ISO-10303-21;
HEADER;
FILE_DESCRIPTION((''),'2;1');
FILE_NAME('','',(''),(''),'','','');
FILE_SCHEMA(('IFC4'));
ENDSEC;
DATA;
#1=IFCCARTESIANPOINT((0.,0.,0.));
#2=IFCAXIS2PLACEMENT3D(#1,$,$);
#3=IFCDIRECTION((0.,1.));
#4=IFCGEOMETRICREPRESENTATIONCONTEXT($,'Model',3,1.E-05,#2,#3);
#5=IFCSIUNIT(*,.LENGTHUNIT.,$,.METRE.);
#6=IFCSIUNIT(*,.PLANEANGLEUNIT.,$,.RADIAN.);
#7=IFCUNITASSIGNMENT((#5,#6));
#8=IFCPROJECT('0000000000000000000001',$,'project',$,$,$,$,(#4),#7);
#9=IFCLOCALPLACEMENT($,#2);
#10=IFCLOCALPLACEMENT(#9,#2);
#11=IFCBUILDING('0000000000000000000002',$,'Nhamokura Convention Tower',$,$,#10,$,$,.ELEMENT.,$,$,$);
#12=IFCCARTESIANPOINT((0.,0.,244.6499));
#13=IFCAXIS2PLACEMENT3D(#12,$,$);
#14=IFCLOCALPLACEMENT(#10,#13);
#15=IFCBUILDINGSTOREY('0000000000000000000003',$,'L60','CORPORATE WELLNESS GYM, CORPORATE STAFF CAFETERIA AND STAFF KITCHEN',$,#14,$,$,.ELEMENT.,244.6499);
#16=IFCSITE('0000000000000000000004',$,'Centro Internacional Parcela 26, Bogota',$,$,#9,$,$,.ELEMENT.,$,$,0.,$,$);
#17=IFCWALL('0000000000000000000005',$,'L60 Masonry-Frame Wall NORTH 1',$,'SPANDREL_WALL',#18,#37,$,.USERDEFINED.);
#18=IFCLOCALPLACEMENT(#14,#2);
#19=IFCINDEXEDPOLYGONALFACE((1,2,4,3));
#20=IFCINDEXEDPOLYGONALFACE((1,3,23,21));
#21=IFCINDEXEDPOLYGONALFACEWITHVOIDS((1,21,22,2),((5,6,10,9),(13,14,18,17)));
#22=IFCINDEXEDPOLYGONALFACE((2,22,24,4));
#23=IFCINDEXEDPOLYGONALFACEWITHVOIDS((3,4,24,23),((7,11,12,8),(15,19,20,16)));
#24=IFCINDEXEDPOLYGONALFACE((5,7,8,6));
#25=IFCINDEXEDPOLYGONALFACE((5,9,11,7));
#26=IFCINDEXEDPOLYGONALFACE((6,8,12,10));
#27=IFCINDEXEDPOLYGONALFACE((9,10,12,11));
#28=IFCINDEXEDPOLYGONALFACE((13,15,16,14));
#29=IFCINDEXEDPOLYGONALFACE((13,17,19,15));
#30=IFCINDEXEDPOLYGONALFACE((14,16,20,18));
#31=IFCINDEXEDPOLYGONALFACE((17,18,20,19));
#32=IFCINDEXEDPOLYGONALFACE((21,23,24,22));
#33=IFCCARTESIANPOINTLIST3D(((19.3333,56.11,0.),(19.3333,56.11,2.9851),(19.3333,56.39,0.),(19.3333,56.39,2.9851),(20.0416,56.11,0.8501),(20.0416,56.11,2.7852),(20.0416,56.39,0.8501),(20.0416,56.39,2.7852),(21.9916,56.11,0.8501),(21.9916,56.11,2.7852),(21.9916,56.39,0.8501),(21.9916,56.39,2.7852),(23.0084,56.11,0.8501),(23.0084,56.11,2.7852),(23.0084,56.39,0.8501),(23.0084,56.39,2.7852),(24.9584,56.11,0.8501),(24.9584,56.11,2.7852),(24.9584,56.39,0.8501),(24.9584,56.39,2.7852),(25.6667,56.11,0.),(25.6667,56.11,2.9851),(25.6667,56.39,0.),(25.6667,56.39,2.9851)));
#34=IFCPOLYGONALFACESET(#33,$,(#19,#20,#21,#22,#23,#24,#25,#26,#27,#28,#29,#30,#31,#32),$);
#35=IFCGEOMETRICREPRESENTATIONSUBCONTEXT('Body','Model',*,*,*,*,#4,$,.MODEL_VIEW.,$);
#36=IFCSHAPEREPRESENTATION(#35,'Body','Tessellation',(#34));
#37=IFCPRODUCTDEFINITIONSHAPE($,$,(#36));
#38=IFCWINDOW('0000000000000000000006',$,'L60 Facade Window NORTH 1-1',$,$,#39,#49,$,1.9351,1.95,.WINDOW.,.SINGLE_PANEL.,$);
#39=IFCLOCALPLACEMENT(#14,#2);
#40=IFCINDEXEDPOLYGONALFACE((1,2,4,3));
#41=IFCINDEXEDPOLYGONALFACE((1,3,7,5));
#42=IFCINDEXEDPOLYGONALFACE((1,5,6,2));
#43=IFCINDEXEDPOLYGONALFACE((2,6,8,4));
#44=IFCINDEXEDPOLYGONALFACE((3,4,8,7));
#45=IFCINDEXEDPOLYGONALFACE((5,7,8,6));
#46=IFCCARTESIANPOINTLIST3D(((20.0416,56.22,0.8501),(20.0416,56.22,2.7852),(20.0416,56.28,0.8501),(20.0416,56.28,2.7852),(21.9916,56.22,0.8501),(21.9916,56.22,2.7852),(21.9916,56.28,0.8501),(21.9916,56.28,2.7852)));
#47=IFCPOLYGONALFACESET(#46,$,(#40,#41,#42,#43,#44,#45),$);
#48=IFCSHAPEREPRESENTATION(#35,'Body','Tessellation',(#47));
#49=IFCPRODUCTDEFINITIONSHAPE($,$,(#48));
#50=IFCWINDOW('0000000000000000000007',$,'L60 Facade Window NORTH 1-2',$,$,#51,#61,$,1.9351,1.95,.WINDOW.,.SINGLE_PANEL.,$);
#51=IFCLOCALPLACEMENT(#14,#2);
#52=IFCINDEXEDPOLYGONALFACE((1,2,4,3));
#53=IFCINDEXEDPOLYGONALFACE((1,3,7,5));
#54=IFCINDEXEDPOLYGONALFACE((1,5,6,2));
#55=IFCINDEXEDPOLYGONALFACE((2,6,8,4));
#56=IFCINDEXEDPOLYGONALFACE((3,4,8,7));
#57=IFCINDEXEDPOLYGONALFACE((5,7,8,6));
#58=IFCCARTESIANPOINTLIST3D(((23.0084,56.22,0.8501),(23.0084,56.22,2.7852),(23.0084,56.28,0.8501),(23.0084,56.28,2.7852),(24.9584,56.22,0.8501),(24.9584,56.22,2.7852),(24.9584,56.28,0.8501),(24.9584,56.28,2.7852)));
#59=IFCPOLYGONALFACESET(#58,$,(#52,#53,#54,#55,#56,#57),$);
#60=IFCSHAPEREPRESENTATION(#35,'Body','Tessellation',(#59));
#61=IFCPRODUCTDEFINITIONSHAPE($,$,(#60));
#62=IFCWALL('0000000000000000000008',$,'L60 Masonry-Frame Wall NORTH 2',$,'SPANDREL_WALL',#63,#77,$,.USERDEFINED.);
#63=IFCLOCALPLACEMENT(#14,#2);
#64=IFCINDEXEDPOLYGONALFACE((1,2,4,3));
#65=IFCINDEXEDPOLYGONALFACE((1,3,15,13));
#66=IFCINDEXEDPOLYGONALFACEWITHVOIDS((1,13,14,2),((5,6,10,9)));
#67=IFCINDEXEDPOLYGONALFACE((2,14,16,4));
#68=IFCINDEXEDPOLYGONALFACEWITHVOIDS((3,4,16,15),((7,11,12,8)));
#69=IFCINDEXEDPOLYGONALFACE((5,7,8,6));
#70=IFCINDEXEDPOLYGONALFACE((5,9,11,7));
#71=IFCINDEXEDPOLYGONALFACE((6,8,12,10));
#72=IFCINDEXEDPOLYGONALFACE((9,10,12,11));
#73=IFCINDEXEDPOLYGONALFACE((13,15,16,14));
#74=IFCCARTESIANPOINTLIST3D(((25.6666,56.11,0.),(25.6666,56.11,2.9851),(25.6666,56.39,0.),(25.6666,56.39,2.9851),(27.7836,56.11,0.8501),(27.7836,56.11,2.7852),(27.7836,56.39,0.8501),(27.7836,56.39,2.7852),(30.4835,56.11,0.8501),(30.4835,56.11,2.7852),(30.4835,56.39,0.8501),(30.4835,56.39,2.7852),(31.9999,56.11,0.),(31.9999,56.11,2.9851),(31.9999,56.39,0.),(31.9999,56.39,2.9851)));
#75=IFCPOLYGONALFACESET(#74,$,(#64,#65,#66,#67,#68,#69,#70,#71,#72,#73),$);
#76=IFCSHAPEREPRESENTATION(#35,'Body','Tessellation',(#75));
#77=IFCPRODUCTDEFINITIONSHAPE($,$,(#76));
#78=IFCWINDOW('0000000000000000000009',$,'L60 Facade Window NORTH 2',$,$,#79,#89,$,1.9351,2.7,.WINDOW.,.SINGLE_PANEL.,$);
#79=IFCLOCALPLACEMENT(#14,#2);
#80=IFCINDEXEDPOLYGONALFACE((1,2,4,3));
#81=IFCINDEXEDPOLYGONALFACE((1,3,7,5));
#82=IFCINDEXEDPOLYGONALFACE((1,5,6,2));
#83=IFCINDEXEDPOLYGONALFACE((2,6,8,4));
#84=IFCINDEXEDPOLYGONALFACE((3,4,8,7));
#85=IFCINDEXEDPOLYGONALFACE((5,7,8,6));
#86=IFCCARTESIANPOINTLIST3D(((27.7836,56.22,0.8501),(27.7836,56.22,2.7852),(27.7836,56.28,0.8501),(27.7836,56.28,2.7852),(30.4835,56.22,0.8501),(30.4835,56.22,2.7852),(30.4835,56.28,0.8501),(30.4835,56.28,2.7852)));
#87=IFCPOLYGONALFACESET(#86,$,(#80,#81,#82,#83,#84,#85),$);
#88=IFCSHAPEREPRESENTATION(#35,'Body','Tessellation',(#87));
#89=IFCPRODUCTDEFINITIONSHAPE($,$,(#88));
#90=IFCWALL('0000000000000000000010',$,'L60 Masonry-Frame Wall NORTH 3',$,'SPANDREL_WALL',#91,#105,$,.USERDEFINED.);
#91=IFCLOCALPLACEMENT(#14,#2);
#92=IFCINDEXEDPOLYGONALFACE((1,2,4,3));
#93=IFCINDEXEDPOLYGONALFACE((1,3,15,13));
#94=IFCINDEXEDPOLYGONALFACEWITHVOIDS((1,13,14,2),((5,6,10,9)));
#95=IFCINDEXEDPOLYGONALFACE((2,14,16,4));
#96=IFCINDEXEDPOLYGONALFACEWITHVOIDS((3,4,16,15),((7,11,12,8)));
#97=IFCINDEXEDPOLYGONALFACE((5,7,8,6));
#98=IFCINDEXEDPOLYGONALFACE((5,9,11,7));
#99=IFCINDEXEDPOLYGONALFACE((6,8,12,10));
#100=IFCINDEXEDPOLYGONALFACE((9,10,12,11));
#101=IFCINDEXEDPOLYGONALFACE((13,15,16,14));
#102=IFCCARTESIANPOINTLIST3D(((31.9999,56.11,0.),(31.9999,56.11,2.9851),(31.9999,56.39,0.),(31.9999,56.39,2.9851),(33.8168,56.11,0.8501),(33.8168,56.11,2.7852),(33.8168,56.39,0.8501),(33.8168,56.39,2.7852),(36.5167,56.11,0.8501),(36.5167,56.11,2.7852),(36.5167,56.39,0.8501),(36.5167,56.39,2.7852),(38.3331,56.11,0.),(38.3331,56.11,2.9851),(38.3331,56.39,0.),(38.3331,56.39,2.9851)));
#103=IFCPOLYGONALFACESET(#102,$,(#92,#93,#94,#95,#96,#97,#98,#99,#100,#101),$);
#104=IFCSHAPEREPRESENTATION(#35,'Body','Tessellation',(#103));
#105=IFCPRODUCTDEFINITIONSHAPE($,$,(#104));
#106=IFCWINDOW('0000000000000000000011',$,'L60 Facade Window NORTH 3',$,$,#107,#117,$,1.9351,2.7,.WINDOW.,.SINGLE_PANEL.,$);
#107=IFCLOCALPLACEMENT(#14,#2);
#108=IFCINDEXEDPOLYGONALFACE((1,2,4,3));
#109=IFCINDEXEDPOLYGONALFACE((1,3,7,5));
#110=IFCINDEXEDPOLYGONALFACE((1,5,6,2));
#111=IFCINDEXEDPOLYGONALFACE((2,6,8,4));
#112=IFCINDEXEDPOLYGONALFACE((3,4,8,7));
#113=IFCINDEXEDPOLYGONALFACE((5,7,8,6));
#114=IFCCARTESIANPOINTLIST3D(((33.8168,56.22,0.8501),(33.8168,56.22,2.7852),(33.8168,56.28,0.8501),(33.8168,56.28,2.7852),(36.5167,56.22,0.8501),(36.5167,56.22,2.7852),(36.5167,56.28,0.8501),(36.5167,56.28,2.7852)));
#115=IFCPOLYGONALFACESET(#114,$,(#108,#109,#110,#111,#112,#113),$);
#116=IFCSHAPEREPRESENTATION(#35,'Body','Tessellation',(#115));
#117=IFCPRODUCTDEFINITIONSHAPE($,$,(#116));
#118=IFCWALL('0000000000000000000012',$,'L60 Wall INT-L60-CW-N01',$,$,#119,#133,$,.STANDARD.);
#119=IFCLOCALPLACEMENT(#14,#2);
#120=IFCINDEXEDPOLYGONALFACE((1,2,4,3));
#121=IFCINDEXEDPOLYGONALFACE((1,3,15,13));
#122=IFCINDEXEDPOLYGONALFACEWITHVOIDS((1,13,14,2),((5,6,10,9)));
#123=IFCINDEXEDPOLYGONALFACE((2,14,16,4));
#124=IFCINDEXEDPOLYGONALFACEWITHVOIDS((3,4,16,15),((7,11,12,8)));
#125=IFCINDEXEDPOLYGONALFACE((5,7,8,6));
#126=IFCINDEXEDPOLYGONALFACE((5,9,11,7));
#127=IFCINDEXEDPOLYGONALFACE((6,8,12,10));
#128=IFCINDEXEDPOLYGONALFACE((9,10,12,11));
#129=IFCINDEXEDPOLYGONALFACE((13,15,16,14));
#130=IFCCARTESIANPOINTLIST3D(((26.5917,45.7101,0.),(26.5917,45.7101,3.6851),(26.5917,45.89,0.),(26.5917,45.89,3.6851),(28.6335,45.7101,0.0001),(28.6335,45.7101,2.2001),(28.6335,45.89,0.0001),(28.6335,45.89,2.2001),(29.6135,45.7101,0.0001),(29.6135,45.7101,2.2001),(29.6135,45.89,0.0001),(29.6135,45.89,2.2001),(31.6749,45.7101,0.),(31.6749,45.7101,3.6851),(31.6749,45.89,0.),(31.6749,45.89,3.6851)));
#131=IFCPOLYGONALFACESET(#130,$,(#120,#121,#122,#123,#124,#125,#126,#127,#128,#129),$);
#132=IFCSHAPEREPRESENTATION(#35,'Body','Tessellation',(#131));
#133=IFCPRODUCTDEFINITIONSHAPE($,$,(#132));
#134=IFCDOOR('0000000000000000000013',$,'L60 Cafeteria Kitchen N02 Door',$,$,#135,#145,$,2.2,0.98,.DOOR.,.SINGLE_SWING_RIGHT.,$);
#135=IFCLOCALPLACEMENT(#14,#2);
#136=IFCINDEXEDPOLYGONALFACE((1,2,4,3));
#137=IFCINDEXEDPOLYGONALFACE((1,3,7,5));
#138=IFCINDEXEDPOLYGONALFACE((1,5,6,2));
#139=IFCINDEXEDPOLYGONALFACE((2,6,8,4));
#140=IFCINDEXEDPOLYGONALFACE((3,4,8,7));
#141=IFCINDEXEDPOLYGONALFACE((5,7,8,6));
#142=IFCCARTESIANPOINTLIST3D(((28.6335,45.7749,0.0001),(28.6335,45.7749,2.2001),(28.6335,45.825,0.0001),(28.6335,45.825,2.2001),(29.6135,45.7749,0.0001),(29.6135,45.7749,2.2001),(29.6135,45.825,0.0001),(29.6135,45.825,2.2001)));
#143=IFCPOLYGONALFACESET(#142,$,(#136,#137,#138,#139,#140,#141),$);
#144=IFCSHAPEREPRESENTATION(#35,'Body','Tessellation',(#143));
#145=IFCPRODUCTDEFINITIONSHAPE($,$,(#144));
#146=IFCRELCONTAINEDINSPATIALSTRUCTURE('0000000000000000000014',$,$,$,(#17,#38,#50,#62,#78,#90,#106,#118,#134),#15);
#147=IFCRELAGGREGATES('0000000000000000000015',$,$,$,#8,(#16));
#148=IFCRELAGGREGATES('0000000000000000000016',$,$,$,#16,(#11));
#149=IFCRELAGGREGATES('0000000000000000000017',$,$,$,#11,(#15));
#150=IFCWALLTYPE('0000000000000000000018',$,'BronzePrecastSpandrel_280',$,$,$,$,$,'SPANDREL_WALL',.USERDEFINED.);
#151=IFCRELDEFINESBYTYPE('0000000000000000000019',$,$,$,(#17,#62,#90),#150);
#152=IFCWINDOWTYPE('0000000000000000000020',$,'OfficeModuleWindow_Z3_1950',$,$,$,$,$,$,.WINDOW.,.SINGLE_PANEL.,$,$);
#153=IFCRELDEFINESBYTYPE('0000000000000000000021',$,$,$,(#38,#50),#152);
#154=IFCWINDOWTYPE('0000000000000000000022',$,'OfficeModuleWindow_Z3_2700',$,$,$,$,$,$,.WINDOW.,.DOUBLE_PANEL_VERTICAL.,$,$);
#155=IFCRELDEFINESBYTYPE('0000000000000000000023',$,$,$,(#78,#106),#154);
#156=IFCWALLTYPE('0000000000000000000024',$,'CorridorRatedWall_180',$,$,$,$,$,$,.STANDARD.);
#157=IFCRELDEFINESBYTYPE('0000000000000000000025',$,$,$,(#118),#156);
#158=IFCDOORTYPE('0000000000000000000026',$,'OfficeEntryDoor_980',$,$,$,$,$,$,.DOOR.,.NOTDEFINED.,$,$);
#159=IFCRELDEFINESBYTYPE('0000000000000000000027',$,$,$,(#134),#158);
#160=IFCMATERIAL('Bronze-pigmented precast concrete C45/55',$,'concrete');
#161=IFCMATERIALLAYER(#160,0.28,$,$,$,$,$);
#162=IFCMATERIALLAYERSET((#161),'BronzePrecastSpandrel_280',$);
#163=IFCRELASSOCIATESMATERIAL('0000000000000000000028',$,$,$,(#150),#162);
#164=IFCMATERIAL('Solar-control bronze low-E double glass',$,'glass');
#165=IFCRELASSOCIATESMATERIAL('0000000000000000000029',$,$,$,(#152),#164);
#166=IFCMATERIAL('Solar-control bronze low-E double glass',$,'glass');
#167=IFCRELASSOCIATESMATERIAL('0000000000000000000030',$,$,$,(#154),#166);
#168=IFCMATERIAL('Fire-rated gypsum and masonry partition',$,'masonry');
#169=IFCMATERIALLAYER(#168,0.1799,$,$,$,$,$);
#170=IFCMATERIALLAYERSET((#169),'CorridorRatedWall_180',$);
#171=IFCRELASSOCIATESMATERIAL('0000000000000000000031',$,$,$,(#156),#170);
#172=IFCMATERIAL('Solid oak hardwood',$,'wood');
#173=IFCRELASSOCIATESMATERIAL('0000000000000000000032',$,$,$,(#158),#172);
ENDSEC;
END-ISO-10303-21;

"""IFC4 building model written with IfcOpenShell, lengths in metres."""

from ifc_helpers import new_model, si_unit, direction, frame, frame_2d, origin, place, context, subcontext, project, spatial, rectangle, extrude, material, layer, layer_set, type_object, element, fill, save


model = new_model("IFC4")

# Units and contexts
model_context = context("Model", 3, precision=1e-05, world=origin(), true_north=direction((0.0, 1.0)))
body_context = subcontext(model_context, "Body", "Model", "MODEL_VIEW")
ifc_project = project(units=[si_unit("LENGTHUNIT", "METRE"), si_unit("PLANEANGLEUNIT", "RADIAN")], contexts=[model_context])

# Site, building, storey
site_placement = place(None, origin())
site = spatial("IfcSite", under=ifc_project, at=site_placement, Name="Centro Internacional Parcela 26, Bogota", CompositionType="ELEMENT", RefElevation=0.0)
building_placement = place(site_placement, origin())
building = spatial("IfcBuilding", under=site, at=building_placement, Name="Nhamokura Convention Tower", CompositionType="ELEMENT")
storey_placement = place(building_placement, frame((0.0, 0.0, 244.6499)))
storey = spatial("IfcBuildingStorey", under=building, at=storey_placement, Name="L60", Description="CORPORATE WELLNESS GYM, CORPORATE STAFF CAFETERIA AND STAFF KITCHEN", CompositionType="ELEMENT", Elevation=244.6499)

# Wall, openings, windows
ifc_material_1 = material(Name="Bronze-pigmented precast concrete C45/55", Category="concrete")
ifc_layer_1 = layer(ifc_material_1, 0.28)
ifc_layer_set_1 = layer_set([ifc_layer_1], Name="BronzePrecastSpandrel_280")
wall_type_1 = type_object("IfcWallType", Name="BronzePrecastSpandrel_280", ElementType="SPANDREL_WALL", PredefinedType="USERDEFINED", material=ifc_layer_set_1)
wall_1_placement = place(storey_placement, frame((19.3333, 56.25, 0.0), z_axis=(0.0, 0.0, 1.0), x_axis=(1.0, 0.0, 0.0)))
wall_1 = element("IfcWall", 1, at=wall_1_placement, inside=storey, type_object=wall_type_1, Name="L60 Masonry-Frame Wall NORTH 1", ObjectType="SPANDREL_WALL", PredefinedType="USERDEFINED", context=body_context, shape_type="SweptSolid", body=[
    extrude(rectangle(XDim=6.3335, YDim=0.28, at=frame_2d((3.1667, 0.0))), origin(), (0.0, 0.0, 1.0), 2.9851),
])
opening_1_placement = place(wall_1_placement, frame((0.7083, 0.0, 0.8501)))
opening_1 = element("IfcOpeningElement", 2, at=opening_1_placement, cuts=wall_1, PredefinedType="OPENING", context=body_context, shape_type="SweptSolid", body=[
    extrude(rectangle(XDim=1.95, YDim=1.9351, at=frame_2d((0.9751, 0.9675))), frame((0.0, 0.1499, 0.0), z_axis=(0.0, -1.0, 0.0), x_axis=(1.0, 0.0, 0.0)), (0.0, 0.0, 1.0), 0.3),
])
opening_2_placement = place(wall_1_placement, frame((3.675, 0.0, 0.8501)))
opening_2 = element("IfcOpeningElement", 3, at=opening_2_placement, cuts=wall_1, PredefinedType="OPENING", context=body_context, shape_type="SweptSolid", body=[
    extrude(rectangle(XDim=1.95, YDim=1.9351, at=frame_2d((0.9751, 0.9675))), frame((0.0, 0.1499, 0.0), z_axis=(0.0, -1.0, 0.0), x_axis=(1.0, 0.0, 0.0)), (0.0, 0.0, 1.0), 0.3),
])
ifc_material_2 = material(Name="Solar-control bronze low-E double glass", Category="glass")
window_type_1 = type_object("IfcWindowType", Name="OfficeModuleWindow_Z3_1950", PartitioningType="SINGLE_PANEL", PredefinedType="WINDOW", material=ifc_material_2)
window_1_placement = place(opening_1_placement, origin())
window_1 = element("IfcWindow", 4, at=window_1_placement, inside=storey, type_object=window_type_1, Name="L60 Facade Window NORTH 1-1", OverallHeight=1.9351, OverallWidth=1.95, PartitioningType="SINGLE_PANEL", PredefinedType="WINDOW", context=body_context, shape_type="SweptSolid", body=[
    extrude(rectangle(XDim=1.95, YDim=1.9351, at=frame_2d((0.9751, 0.9675))), frame((0.0, 0.03, 0.0), z_axis=(0.0, -1.0, 0.0), x_axis=(1.0, 0.0, 0.0)), (0.0, 0.0, 1.0), 0.0601),
])
fill(opening_1, window_1)
window_2_placement = place(opening_2_placement, origin())
window_2 = element("IfcWindow", 5, at=window_2_placement, inside=storey, type_object=window_type_1, Name="L60 Facade Window NORTH 1-2", OverallHeight=1.9351, OverallWidth=1.95, PartitioningType="SINGLE_PANEL", PredefinedType="WINDOW", context=body_context, shape_type="SweptSolid", body=[
    extrude(rectangle(XDim=1.95, YDim=1.9351, at=frame_2d((0.9751, 0.9675))), frame((0.0, 0.03, 0.0), z_axis=(0.0, -1.0, 0.0), x_axis=(1.0, 0.0, 0.0)), (0.0, 0.0, 1.0), 0.0601),
])
fill(opening_2, window_2)

# Walls, openings, windows
wall_2_placement = place(storey_placement, frame((25.6667, 56.25, 0.0), z_axis=(0.0, 0.0, 1.0), x_axis=(1.0, 0.0, 0.0)))
wall_2 = element("IfcWall", 6, at=wall_2_placement, inside=storey, type_object=wall_type_1, Name="L60 Masonry-Frame Wall NORTH 2", ObjectType="SPANDREL_WALL", PredefinedType="USERDEFINED", context=body_context, shape_type="SweptSolid", body=[
    extrude(rectangle(XDim=6.3333, YDim=0.28, at=frame_2d((3.1665, 0.0))), origin(), (0.0, 0.0, 1.0), 2.9851),
])
opening_3_placement = place(wall_2_placement, frame((2.1167, 0.0, 0.8501)))
opening_3 = element("IfcOpeningElement", 7, at=opening_3_placement, cuts=wall_2, PredefinedType="OPENING", context=body_context, shape_type="SweptSolid", body=[
    extrude(rectangle(XDim=2.7, YDim=1.9351, at=frame_2d((1.3501, 0.9675))), frame((0.0, 0.1499, 0.0), z_axis=(0.0, -1.0, 0.0), x_axis=(1.0, 0.0, 0.0)), (0.0, 0.0, 1.0), 0.3),
])
ifc_material_3 = material(Name="Solar-control bronze low-E double glass", Category="glass")
window_type_2 = type_object("IfcWindowType", Name="OfficeModuleWindow_Z3_2700", PartitioningType="DOUBLE_PANEL_VERTICAL", PredefinedType="WINDOW", material=ifc_material_3)
window_3_placement = place(opening_3_placement, origin())
window_3 = element("IfcWindow", 8, at=window_3_placement, inside=storey, type_object=window_type_2, Name="L60 Facade Window NORTH 2", OverallHeight=1.9351, OverallWidth=2.7, PartitioningType="SINGLE_PANEL", PredefinedType="WINDOW", context=body_context, shape_type="SweptSolid", body=[
    extrude(rectangle(XDim=2.7, YDim=1.9351, at=frame_2d((1.3501, 0.9675))), frame((0.0, 0.03, 0.0), z_axis=(0.0, -1.0, 0.0), x_axis=(1.0, 0.0, 0.0)), (0.0, 0.0, 1.0), 0.0601),
])
fill(opening_3, window_3)
wall_3_placement = place(storey_placement, frame((32.0, 56.25, 0.0), z_axis=(0.0, 0.0, 1.0), x_axis=(1.0, 0.0, 0.0)))
wall_3 = element("IfcWall", 9, at=wall_3_placement, inside=storey, type_object=wall_type_1, Name="L60 Masonry-Frame Wall NORTH 3", ObjectType="SPANDREL_WALL", PredefinedType="USERDEFINED", context=body_context, shape_type="SweptSolid", body=[
    extrude(rectangle(XDim=6.3333, YDim=0.28, at=frame_2d((3.1665, 0.0))), origin(), (0.0, 0.0, 1.0), 2.9851),
])
opening_4_placement = place(wall_3_placement, frame((1.8167, 0.0, 0.8501)))
opening_4 = element("IfcOpeningElement", 10, at=opening_4_placement, cuts=wall_3, PredefinedType="OPENING", context=body_context, shape_type="SweptSolid", body=[
    extrude(rectangle(XDim=2.7, YDim=1.9351, at=frame_2d((1.3501, 0.9675))), frame((0.0, 0.1499, 0.0), z_axis=(0.0, -1.0, 0.0), x_axis=(1.0, 0.0, 0.0)), (0.0, 0.0, 1.0), 0.3),
])
window_4_placement = place(opening_4_placement, origin())
window_4 = element("IfcWindow", 11, at=window_4_placement, inside=storey, type_object=window_type_2, Name="L60 Facade Window NORTH 3", OverallHeight=1.9351, OverallWidth=2.7, PartitioningType="SINGLE_PANEL", PredefinedType="WINDOW", context=body_context, shape_type="SweptSolid", body=[
    extrude(rectangle(XDim=2.7, YDim=1.9351, at=frame_2d((1.3501, 0.9675))), frame((0.0, 0.03, 0.0), z_axis=(0.0, -1.0, 0.0), x_axis=(1.0, 0.0, 0.0)), (0.0, 0.0, 1.0), 0.0601),
])
fill(opening_4, window_4)

# Wall, opening, door
ifc_material_4 = material(Name="Fire-rated gypsum and masonry partition", Category="masonry")
ifc_layer_2 = layer(ifc_material_4, 0.1799)
ifc_layer_set_2 = layer_set([ifc_layer_2], Name="CorridorRatedWall_180")
wall_type_2 = type_object("IfcWallType", Name="CorridorRatedWall_180", PredefinedType="STANDARD", material=ifc_layer_set_2)
wall_4_placement = place(storey_placement, frame((26.5918, 45.8, 0.0), z_axis=(0.0, 0.0, 1.0), x_axis=(1.0, 0.0, 0.0)))
wall_4 = element("IfcWall", 12, at=wall_4_placement, inside=storey, type_object=wall_type_2, Name="L60 Wall INT-L60-CW-N01", PredefinedType="STANDARD", context=body_context, shape_type="SweptSolid", body=[
    extrude(rectangle(XDim=5.0833, YDim=0.1799, at=frame_2d((2.5415, 0.0))), origin(), (0.0, 0.0, 1.0), 3.6851),
])
opening_5_placement = place(wall_4_placement, frame((2.0417, 0.0, 0.0)))
opening_5 = element("IfcOpeningElement", 13, at=opening_5_placement, cuts=wall_4, PredefinedType="OPENING", context=body_context, shape_type="SweptSolid", body=[
    extrude(rectangle(XDim=0.98, YDim=2.2, at=frame_2d((0.49, 1.1001))), frame((0.0, 0.0999, 0.0), z_axis=(0.0, -1.0, 0.0), x_axis=(1.0, 0.0, 0.0)), (0.0, 0.0, 1.0), 0.2),
])
ifc_material_5 = material(Name="Solid oak hardwood", Category="wood")
door_type = type_object("IfcDoorType", Name="OfficeEntryDoor_980", OperationType="NOTDEFINED", PredefinedType="DOOR", material=ifc_material_5)
door_1_placement = place(opening_5_placement, origin())
door_1 = element("IfcDoor", 14, at=door_1_placement, inside=storey, type_object=door_type, Name="L60 Cafeteria Kitchen N02 Door", OperationType="SINGLE_SWING_RIGHT", OverallHeight=2.2, OverallWidth=0.98, PredefinedType="DOOR", context=body_context, shape_type="SweptSolid", body=[
    extrude(rectangle(XDim=0.98, YDim=2.2, at=frame_2d((0.49, 1.1001))), frame((0.0, 0.0249, 0.0), z_axis=(0.0, -1.0, 0.0), x_axis=(1.0, 0.0, 0.0)), (0.0, 0.0, 1.0), 0.05),
])
fill(opening_5, door_1)

save(model, "model.ifc")
